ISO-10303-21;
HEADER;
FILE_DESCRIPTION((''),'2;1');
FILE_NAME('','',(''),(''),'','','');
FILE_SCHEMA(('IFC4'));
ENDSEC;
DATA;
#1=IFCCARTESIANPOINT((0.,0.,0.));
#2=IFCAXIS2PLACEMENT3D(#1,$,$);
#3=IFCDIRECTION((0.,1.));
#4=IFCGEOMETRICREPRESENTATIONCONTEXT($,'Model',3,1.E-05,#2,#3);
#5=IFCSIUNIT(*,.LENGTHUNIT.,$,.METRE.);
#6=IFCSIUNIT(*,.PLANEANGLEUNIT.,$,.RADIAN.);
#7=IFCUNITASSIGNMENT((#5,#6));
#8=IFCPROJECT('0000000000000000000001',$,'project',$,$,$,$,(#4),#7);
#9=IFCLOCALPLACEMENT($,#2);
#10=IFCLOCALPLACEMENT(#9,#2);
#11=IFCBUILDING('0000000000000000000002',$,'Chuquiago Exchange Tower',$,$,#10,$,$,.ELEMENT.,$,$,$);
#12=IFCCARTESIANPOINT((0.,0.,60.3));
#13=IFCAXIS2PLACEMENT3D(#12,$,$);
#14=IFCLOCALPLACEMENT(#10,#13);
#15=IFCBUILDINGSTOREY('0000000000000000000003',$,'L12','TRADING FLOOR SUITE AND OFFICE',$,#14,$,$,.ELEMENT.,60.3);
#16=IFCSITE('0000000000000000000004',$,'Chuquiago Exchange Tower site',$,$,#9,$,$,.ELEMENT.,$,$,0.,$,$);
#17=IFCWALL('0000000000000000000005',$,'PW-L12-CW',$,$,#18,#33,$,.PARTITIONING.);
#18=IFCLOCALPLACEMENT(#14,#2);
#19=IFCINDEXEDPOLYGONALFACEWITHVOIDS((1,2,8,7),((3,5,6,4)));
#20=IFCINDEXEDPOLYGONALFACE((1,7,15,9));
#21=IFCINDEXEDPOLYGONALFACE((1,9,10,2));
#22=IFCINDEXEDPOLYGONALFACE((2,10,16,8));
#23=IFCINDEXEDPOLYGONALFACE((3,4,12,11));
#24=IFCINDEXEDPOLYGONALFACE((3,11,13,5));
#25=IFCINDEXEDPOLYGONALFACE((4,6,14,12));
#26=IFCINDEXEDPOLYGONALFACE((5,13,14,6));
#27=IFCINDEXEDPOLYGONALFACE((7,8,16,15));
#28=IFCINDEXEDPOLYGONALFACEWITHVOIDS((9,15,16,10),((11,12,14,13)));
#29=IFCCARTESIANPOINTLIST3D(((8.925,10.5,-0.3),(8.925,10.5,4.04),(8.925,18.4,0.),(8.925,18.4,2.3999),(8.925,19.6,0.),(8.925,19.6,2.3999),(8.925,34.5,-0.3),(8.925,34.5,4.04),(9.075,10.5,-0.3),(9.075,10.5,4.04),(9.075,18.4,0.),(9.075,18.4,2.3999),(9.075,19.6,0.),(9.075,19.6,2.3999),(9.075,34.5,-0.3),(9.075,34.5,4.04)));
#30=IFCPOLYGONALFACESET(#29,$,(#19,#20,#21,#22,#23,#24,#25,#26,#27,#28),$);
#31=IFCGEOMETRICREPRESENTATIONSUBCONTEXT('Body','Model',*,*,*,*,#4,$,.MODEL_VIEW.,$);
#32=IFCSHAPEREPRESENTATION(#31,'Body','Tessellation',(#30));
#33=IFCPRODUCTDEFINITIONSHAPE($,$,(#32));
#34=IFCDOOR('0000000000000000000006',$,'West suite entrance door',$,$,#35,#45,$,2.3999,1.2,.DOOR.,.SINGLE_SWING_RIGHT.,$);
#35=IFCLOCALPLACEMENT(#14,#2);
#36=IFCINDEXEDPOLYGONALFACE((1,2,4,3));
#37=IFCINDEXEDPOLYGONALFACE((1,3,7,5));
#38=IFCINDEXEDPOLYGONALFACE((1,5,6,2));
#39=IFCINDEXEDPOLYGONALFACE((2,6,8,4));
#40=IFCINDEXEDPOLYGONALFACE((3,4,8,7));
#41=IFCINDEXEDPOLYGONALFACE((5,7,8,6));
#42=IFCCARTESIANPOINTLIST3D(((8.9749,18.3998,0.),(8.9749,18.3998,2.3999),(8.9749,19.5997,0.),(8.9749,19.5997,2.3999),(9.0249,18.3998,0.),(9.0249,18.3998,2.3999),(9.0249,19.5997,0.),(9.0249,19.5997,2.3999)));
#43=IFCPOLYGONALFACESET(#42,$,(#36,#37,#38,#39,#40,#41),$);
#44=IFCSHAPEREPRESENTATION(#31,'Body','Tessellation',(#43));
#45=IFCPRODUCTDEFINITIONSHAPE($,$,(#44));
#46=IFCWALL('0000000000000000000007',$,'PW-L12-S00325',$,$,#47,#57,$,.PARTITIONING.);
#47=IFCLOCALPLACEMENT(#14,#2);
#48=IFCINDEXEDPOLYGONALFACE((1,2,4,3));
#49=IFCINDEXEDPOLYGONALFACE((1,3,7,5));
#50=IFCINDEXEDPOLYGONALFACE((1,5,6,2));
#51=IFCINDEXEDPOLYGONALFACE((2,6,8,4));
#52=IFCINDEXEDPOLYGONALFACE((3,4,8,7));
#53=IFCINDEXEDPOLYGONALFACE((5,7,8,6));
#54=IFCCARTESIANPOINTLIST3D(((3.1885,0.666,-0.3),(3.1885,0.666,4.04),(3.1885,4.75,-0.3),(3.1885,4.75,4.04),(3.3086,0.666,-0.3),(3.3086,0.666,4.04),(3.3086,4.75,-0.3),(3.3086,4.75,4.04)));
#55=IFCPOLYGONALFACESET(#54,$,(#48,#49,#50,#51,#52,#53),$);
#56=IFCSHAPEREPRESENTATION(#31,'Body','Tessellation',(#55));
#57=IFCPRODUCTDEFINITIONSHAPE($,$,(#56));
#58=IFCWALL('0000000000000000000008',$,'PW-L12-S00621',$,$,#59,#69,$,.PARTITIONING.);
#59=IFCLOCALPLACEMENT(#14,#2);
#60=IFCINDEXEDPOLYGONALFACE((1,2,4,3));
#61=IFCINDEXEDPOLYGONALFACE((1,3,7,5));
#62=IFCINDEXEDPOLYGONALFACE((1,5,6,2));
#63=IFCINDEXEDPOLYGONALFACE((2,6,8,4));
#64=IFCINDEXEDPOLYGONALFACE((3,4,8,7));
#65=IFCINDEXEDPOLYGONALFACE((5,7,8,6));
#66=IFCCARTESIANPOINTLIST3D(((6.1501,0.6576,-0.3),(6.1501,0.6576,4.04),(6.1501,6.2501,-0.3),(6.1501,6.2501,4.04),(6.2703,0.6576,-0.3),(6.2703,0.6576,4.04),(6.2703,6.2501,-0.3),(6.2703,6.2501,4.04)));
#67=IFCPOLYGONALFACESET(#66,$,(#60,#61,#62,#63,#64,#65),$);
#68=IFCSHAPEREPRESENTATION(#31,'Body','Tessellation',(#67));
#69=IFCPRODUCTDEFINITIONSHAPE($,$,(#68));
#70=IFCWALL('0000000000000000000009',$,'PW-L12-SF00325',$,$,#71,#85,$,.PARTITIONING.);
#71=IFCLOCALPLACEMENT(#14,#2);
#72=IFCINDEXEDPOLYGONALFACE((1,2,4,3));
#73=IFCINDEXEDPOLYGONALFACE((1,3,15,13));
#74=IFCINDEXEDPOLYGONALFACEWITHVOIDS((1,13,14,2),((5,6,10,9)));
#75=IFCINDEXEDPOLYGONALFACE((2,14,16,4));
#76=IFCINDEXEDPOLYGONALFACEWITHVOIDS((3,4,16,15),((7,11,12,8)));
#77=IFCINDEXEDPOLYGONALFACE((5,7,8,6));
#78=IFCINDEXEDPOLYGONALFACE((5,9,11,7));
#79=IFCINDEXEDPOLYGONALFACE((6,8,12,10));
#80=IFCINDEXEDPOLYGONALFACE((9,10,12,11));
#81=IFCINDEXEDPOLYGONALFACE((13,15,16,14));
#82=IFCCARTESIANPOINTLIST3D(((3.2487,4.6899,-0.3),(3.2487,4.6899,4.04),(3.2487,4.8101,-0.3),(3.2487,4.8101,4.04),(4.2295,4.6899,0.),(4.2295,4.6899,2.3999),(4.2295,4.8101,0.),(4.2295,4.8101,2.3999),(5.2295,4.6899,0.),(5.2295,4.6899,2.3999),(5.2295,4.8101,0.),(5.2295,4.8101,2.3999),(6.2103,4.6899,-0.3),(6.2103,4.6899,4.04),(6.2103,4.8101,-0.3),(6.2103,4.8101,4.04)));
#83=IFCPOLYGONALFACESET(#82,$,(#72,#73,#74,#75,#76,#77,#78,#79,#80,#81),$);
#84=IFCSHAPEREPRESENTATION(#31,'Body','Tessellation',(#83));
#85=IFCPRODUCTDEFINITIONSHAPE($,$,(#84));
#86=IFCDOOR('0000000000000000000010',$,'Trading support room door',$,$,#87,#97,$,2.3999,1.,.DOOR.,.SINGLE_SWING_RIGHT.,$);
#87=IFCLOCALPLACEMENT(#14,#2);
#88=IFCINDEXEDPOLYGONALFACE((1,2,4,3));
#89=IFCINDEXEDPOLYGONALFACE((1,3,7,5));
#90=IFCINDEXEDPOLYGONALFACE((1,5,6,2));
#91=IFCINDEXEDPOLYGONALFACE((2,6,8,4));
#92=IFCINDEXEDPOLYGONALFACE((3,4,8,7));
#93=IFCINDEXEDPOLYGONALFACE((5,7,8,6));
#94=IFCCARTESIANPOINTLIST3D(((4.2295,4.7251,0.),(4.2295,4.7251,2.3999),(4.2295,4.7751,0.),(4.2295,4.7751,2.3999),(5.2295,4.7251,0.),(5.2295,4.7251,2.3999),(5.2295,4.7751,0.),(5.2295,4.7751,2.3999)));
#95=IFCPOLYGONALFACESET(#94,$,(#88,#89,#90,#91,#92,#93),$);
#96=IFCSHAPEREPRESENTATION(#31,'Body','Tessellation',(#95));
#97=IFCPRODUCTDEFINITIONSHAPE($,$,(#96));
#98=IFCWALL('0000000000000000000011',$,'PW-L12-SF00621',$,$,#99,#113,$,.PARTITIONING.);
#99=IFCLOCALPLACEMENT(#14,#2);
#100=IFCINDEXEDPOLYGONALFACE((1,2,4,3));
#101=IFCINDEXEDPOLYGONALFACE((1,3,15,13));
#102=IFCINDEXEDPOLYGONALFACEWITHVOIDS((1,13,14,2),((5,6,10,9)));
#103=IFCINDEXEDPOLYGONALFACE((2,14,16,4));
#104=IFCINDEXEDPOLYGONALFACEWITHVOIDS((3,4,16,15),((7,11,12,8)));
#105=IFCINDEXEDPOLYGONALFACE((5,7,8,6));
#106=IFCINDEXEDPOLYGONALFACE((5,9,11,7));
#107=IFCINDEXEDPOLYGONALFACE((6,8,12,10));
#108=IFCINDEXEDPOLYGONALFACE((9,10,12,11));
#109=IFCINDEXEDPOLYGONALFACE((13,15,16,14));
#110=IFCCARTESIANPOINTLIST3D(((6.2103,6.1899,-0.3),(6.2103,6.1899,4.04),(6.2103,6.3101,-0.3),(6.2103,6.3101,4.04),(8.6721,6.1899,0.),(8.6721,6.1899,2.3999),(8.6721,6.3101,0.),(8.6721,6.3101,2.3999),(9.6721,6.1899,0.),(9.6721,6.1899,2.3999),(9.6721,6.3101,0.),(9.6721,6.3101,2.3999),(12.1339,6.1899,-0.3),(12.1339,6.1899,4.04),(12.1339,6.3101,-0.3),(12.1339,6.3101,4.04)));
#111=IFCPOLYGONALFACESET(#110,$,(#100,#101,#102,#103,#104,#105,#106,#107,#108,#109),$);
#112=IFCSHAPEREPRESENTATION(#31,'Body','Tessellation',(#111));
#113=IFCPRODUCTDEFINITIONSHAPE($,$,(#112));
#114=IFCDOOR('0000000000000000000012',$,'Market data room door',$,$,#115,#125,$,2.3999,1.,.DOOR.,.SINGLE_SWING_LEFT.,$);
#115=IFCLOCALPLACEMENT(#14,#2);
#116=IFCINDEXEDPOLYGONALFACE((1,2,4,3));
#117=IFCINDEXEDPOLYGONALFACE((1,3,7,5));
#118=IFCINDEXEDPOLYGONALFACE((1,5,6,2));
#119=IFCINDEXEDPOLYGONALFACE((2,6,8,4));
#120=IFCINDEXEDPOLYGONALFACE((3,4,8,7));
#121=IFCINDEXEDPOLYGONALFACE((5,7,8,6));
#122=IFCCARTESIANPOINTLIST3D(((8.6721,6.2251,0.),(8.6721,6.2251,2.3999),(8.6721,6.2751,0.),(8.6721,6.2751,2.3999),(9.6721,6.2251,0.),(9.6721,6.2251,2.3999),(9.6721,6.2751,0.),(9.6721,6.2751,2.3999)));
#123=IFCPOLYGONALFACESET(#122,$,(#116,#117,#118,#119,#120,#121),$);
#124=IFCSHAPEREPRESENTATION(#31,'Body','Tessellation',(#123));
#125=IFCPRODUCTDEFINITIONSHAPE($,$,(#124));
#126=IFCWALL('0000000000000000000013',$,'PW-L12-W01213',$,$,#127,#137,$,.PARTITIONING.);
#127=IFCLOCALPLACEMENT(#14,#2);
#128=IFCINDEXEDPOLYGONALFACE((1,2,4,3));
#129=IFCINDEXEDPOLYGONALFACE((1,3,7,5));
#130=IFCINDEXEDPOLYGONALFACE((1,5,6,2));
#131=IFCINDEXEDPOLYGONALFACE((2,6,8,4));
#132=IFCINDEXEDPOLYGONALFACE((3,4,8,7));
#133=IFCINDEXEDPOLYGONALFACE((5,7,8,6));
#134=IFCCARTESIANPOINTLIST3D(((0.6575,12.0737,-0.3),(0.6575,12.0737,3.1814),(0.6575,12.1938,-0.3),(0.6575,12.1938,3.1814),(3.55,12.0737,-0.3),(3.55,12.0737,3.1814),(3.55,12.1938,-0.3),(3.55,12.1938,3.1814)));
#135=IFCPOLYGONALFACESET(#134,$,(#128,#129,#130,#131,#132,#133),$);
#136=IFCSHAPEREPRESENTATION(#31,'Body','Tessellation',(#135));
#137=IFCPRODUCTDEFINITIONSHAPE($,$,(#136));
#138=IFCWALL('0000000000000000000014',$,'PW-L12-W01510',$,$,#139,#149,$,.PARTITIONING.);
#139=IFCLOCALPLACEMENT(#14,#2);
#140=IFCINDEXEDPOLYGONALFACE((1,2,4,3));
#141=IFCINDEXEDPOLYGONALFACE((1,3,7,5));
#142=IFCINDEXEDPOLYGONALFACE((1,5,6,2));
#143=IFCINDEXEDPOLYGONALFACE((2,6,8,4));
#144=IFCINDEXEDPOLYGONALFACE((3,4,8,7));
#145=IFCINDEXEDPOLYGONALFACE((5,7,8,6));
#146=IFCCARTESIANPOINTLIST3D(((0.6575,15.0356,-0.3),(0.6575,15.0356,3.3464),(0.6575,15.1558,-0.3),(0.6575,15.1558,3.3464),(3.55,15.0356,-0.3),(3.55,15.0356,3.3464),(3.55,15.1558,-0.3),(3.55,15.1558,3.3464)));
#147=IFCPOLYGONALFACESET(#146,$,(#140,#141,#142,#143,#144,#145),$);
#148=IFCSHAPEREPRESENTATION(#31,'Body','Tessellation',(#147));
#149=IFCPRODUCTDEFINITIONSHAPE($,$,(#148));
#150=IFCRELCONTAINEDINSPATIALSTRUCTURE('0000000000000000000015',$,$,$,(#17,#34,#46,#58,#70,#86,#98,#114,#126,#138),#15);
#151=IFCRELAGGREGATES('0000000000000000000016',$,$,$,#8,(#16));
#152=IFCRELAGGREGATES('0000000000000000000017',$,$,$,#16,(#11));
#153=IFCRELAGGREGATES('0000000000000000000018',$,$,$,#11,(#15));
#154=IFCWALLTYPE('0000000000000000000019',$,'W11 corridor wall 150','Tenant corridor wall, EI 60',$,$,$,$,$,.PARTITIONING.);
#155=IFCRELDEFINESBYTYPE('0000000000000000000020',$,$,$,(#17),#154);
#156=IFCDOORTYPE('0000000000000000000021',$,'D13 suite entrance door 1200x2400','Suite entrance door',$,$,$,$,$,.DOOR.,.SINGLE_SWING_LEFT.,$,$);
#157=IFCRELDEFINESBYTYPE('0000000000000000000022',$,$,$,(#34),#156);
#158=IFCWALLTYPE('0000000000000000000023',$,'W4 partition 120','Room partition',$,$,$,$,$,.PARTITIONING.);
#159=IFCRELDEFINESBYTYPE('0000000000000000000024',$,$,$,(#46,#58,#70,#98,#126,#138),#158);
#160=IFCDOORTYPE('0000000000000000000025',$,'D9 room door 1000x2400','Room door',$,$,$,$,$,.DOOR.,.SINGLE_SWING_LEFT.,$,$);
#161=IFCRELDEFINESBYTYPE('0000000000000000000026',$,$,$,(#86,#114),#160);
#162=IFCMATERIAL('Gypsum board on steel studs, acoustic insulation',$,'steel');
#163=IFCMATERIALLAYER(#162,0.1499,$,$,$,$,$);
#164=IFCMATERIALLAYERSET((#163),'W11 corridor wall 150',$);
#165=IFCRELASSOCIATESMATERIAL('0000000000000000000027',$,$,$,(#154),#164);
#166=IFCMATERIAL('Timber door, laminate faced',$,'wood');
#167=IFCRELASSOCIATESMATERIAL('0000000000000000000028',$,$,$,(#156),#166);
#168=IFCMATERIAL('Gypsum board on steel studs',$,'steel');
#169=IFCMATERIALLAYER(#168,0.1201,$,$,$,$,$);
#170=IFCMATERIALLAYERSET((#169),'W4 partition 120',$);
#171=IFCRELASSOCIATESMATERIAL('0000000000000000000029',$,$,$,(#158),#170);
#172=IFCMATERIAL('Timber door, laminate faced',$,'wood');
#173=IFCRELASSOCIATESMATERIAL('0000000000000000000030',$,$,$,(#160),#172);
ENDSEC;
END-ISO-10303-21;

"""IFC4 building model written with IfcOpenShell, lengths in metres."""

from ifc_helpers import new_model, si_unit, direction, frame, frame_2d, origin, place, context, subcontext, project, spatial, rectangle, extrude, material, layer, layer_set, type_object, element, fill, save


model = new_model("IFC4")

# Units and contexts
model_context = context("Model", 3, precision=1e-05, world=origin(), true_north=direction((0.0, 1.0)))
body_context = subcontext(model_context, "Body", "Model", "MODEL_VIEW")
ifc_project = project(units=[si_unit("LENGTHUNIT", "METRE"), si_unit("PLANEANGLEUNIT", "RADIAN")], contexts=[model_context])

# Site, building, storey
site_placement = place(None, origin())
site = spatial("IfcSite", under=ifc_project, at=site_placement, Name="Chuquiago Exchange Tower site", CompositionType="ELEMENT", RefElevation=0.0)
building_placement = place(site_placement, origin())
building = spatial("IfcBuilding", under=site, at=building_placement, Name="Chuquiago Exchange Tower", CompositionType="ELEMENT")
storey_placement = place(building_placement, frame((0.0, 0.0, 60.3)))
storey = spatial("IfcBuildingStorey", under=building, at=storey_placement, Name="L12", Description="TRADING FLOOR SUITE AND OFFICE", CompositionType="ELEMENT", Elevation=60.3)

# Shared definitions
ifc_material_1 = material(Name="Gypsum board on steel studs, acoustic insulation", Category="steel")
ifc_layer_1 = layer(ifc_material_1, 0.1499)
ifc_layer_set_1 = layer_set([ifc_layer_1], Name="W11 corridor wall 150")
wall_type_1 = type_object("IfcWallType", Name="W11 corridor wall 150", Description="Tenant corridor wall, EI 60", PredefinedType="PARTITIONING", material=ifc_layer_set_1)

# Wall, opening, door
wall_1_placement = place(storey_placement, frame((9.0, 10.5, -0.3), z_axis=(0.0, 0.0, 1.0), x_axis=(0.0, 1.0, 0.0)))
wall_1 = element("IfcWall", 1, at=wall_1_placement, inside=storey, type_object=wall_type_1, Name="PW-L12-CW", PredefinedType="PARTITIONING", context=body_context, shape_type="SweptSolid", body=[
    extrude(rectangle(XDim=24.0, YDim=0.1499, at=frame_2d((12.0, 0.0))), origin(), (0.0, 0.0, 1.0), 4.3401),
])
opening_1_placement = place(wall_1_placement, frame((7.8999, 0.0, 0.3)))
opening_1 = element("IfcOpeningElement", 2, at=opening_1_placement, cuts=wall_1, PredefinedType="OPENING", context=body_context, shape_type="SweptSolid", body=[
    extrude(rectangle(XDim=1.2, YDim=2.3999, at=frame_2d((0.6001, 1.2))), frame((0.0, 0.085, 0.0), z_axis=(0.0, -1.0, 0.0), x_axis=(1.0, 0.0, 0.0)), (0.0, 0.0, 1.0), 0.1699),
])
ifc_material_2 = material(Name="Timber door, laminate faced", Category="wood")
door_type_1 = type_object("IfcDoorType", Name="D13 suite entrance door 1200x2400", Description="Suite entrance door", OperationType="SINGLE_SWING_LEFT", PredefinedType="DOOR", material=ifc_material_2)
door_1_placement = place(opening_1_placement, frame((1.2, 0.0, 0.0), z_axis=(0.0, 0.0, 1.0), x_axis=(-1.0, 0.0, 0.0)))
door_1 = element("IfcDoor", 3, at=door_1_placement, inside=storey, type_object=door_type_1, Name="West suite entrance door", OperationType="SINGLE_SWING_RIGHT", OverallHeight=2.3999, OverallWidth=1.2, PredefinedType="DOOR", context=body_context, shape_type="SweptSolid", body=[
    extrude(rectangle(XDim=1.2, YDim=2.3999, at=frame_2d((0.6001, 1.2))), frame((0.0, 0.0249, 0.0), z_axis=(0.0, -1.0, 0.0), x_axis=(1.0, 0.0, 0.0)), (0.0, 0.0, 1.0), 0.05),
])
fill(opening_1, door_1)

# Walls
ifc_material_3 = material(Name="Gypsum board on steel studs", Category="steel")
ifc_layer_2 = layer(ifc_material_3, 0.1201)
ifc_layer_set_2 = layer_set([ifc_layer_2], Name="W4 partition 120")
wall_type_2 = type_object("IfcWallType", Name="W4 partition 120", Description="Room partition", PredefinedType="PARTITIONING", material=ifc_layer_set_2)
wall_2_placement = place(storey_placement, frame((3.2485, 0.666, -0.3), z_axis=(0.0, 0.0, 1.0), x_axis=(0.0, 1.0, 0.0)))
element("IfcWall", 4, at=wall_2_placement, inside=storey, type_object=wall_type_2, Name="PW-L12-S00325", PredefinedType="PARTITIONING", context=body_context, shape_type="SweptSolid", body=[
    extrude(rectangle(XDim=4.084, YDim=0.1201, at=frame_2d((2.042, 0.0))), origin(), (0.0, 0.0, 1.0), 4.3401),
])
wall_3_placement = place(storey_placement, frame((6.2102, 0.6575, -0.3), z_axis=(0.0, 0.0, 1.0), x_axis=(0.0, 1.0, 0.0)))
element("IfcWall", 5, at=wall_3_placement, inside=storey, type_object=wall_type_2, Name="PW-L12-S00621", PredefinedType="PARTITIONING", context=body_context, shape_type="SweptSolid", body=[
    extrude(rectangle(XDim=5.5925, YDim=0.1201, at=frame_2d((2.7964, 0.0))), origin(), (0.0, 0.0, 1.0), 4.3401),
])

# Walls, openings, doors
wall_4_placement = place(storey_placement, frame((3.2485, 4.75, -0.3), z_axis=(0.0, 0.0, 1.0), x_axis=(1.0, 0.0, 0.0)))
wall_4 = element("IfcWall", 6, at=wall_4_placement, inside=storey, type_object=wall_type_2, Name="PW-L12-SF00325", PredefinedType="PARTITIONING", context=body_context, shape_type="SweptSolid", body=[
    extrude(rectangle(XDim=2.9617, YDim=0.1201, at=frame_2d((1.481, 0.0))), origin(), (0.0, 0.0, 1.0), 4.3401),
])
opening_2_placement = place(wall_4_placement, frame((0.981, 0.0, 0.3)))
opening_2 = element("IfcOpeningElement", 7, at=opening_2_placement, cuts=wall_4, PredefinedType="OPENING", context=body_context, shape_type="SweptSolid", body=[
    extrude(rectangle(XDim=1.0, YDim=2.3999, at=frame_2d((0.5, 1.2))), frame((0.0, 0.0701, 0.0), z_axis=(0.0, -1.0, 0.0), x_axis=(1.0, 0.0, 0.0)), (0.0, 0.0, 1.0), 0.1401),
])
ifc_material_4 = material(Name="Timber door, laminate faced", Category="wood")
door_type_2 = type_object("IfcDoorType", Name="D9 room door 1000x2400", Description="Room door", OperationType="SINGLE_SWING_LEFT", PredefinedType="DOOR", material=ifc_material_4)
door_2_placement = place(opening_2_placement, frame((1.0, 0.0, 0.0), z_axis=(0.0, 0.0, 1.0), x_axis=(-1.0, 0.0, 0.0)))
door_2 = element("IfcDoor", 8, at=door_2_placement, inside=storey, type_object=door_type_2, Name="Trading support room door", OperationType="SINGLE_SWING_RIGHT", OverallHeight=2.3999, OverallWidth=1.0, PredefinedType="DOOR", context=body_context, shape_type="SweptSolid", body=[
    extrude(rectangle(XDim=1.0, YDim=2.3999, at=frame_2d((0.5, 1.2))), frame((0.0, 0.0249, 0.0), z_axis=(0.0, -1.0, 0.0), x_axis=(1.0, 0.0, 0.0)), (0.0, 0.0, 1.0), 0.05),
])
fill(opening_2, door_2)
wall_5_placement = place(storey_placement, frame((6.2102, 6.25, -0.3), z_axis=(0.0, 0.0, 1.0), x_axis=(1.0, 0.0, 0.0)))
wall_5 = element("IfcWall", 9, at=wall_5_placement, inside=storey, type_object=wall_type_2, Name="PW-L12-SF00621", PredefinedType="PARTITIONING", context=body_context, shape_type="SweptSolid", body=[
    extrude(rectangle(XDim=5.9236, YDim=0.1201, at=frame_2d((2.9619, 0.0))), origin(), (0.0, 0.0, 1.0), 4.3401),
])
opening_3_placement = place(wall_5_placement, frame((2.4619, 0.0, 0.3)))
opening_3 = element("IfcOpeningElement", 10, at=opening_3_placement, cuts=wall_5, PredefinedType="OPENING", context=body_context, shape_type="SweptSolid", body=[
    extrude(rectangle(XDim=1.0, YDim=2.3999, at=frame_2d((0.5, 1.2))), frame((0.0, 0.0701, 0.0), z_axis=(0.0, -1.0, 0.0), x_axis=(1.0, 0.0, 0.0)), (0.0, 0.0, 1.0), 0.1401),
])
door_3_placement = place(opening_3_placement, frame((1.0, 0.0, 0.0), z_axis=(0.0, 0.0, 1.0), x_axis=(-1.0, 0.0, 0.0)))
door_3 = element("IfcDoor", 11, at=door_3_placement, inside=storey, type_object=door_type_2, Name="Market data room door", OperationType="SINGLE_SWING_LEFT", OverallHeight=2.3999, OverallWidth=1.0, PredefinedType="DOOR", context=body_context, shape_type="SweptSolid", body=[
    extrude(rectangle(XDim=1.0, YDim=2.3999, at=frame_2d((0.5, 1.2))), frame((0.0, 0.0249, 0.0), z_axis=(0.0, -1.0, 0.0), x_axis=(1.0, 0.0, 0.0)), (0.0, 0.0, 1.0), 0.05),
])
fill(opening_3, door_3)

# Walls
wall_6_placement = place(storey_placement, frame((0.6575, 12.1338, -0.3), z_axis=(0.0, 0.0, 1.0), x_axis=(1.0, 0.0, 0.0)))
element("IfcWall", 12, at=wall_6_placement, inside=storey, type_object=wall_type_2, Name="PW-L12-W01213", PredefinedType="PARTITIONING", context=body_context, shape_type="SweptSolid", body=[
    extrude(rectangle(XDim=2.8926, YDim=0.1201, at=frame_2d((1.4463, 0.0))), origin(), (0.0, 0.0, 1.0), 3.4814),
])
wall_7_placement = place(storey_placement, frame((0.6575, 15.0957, -0.3), z_axis=(0.0, 0.0, 1.0), x_axis=(1.0, 0.0, 0.0)))
element("IfcWall", 13, at=wall_7_placement, inside=storey, type_object=wall_type_2, Name="PW-L12-W01510", PredefinedType="PARTITIONING", context=body_context, shape_type="SweptSolid", body=[
    extrude(rectangle(XDim=2.8926, YDim=0.1201, at=frame_2d((1.4463, 0.0))), origin(), (0.0, 0.0, 1.0), 3.6465),
])

save(model, "model.ifc")
